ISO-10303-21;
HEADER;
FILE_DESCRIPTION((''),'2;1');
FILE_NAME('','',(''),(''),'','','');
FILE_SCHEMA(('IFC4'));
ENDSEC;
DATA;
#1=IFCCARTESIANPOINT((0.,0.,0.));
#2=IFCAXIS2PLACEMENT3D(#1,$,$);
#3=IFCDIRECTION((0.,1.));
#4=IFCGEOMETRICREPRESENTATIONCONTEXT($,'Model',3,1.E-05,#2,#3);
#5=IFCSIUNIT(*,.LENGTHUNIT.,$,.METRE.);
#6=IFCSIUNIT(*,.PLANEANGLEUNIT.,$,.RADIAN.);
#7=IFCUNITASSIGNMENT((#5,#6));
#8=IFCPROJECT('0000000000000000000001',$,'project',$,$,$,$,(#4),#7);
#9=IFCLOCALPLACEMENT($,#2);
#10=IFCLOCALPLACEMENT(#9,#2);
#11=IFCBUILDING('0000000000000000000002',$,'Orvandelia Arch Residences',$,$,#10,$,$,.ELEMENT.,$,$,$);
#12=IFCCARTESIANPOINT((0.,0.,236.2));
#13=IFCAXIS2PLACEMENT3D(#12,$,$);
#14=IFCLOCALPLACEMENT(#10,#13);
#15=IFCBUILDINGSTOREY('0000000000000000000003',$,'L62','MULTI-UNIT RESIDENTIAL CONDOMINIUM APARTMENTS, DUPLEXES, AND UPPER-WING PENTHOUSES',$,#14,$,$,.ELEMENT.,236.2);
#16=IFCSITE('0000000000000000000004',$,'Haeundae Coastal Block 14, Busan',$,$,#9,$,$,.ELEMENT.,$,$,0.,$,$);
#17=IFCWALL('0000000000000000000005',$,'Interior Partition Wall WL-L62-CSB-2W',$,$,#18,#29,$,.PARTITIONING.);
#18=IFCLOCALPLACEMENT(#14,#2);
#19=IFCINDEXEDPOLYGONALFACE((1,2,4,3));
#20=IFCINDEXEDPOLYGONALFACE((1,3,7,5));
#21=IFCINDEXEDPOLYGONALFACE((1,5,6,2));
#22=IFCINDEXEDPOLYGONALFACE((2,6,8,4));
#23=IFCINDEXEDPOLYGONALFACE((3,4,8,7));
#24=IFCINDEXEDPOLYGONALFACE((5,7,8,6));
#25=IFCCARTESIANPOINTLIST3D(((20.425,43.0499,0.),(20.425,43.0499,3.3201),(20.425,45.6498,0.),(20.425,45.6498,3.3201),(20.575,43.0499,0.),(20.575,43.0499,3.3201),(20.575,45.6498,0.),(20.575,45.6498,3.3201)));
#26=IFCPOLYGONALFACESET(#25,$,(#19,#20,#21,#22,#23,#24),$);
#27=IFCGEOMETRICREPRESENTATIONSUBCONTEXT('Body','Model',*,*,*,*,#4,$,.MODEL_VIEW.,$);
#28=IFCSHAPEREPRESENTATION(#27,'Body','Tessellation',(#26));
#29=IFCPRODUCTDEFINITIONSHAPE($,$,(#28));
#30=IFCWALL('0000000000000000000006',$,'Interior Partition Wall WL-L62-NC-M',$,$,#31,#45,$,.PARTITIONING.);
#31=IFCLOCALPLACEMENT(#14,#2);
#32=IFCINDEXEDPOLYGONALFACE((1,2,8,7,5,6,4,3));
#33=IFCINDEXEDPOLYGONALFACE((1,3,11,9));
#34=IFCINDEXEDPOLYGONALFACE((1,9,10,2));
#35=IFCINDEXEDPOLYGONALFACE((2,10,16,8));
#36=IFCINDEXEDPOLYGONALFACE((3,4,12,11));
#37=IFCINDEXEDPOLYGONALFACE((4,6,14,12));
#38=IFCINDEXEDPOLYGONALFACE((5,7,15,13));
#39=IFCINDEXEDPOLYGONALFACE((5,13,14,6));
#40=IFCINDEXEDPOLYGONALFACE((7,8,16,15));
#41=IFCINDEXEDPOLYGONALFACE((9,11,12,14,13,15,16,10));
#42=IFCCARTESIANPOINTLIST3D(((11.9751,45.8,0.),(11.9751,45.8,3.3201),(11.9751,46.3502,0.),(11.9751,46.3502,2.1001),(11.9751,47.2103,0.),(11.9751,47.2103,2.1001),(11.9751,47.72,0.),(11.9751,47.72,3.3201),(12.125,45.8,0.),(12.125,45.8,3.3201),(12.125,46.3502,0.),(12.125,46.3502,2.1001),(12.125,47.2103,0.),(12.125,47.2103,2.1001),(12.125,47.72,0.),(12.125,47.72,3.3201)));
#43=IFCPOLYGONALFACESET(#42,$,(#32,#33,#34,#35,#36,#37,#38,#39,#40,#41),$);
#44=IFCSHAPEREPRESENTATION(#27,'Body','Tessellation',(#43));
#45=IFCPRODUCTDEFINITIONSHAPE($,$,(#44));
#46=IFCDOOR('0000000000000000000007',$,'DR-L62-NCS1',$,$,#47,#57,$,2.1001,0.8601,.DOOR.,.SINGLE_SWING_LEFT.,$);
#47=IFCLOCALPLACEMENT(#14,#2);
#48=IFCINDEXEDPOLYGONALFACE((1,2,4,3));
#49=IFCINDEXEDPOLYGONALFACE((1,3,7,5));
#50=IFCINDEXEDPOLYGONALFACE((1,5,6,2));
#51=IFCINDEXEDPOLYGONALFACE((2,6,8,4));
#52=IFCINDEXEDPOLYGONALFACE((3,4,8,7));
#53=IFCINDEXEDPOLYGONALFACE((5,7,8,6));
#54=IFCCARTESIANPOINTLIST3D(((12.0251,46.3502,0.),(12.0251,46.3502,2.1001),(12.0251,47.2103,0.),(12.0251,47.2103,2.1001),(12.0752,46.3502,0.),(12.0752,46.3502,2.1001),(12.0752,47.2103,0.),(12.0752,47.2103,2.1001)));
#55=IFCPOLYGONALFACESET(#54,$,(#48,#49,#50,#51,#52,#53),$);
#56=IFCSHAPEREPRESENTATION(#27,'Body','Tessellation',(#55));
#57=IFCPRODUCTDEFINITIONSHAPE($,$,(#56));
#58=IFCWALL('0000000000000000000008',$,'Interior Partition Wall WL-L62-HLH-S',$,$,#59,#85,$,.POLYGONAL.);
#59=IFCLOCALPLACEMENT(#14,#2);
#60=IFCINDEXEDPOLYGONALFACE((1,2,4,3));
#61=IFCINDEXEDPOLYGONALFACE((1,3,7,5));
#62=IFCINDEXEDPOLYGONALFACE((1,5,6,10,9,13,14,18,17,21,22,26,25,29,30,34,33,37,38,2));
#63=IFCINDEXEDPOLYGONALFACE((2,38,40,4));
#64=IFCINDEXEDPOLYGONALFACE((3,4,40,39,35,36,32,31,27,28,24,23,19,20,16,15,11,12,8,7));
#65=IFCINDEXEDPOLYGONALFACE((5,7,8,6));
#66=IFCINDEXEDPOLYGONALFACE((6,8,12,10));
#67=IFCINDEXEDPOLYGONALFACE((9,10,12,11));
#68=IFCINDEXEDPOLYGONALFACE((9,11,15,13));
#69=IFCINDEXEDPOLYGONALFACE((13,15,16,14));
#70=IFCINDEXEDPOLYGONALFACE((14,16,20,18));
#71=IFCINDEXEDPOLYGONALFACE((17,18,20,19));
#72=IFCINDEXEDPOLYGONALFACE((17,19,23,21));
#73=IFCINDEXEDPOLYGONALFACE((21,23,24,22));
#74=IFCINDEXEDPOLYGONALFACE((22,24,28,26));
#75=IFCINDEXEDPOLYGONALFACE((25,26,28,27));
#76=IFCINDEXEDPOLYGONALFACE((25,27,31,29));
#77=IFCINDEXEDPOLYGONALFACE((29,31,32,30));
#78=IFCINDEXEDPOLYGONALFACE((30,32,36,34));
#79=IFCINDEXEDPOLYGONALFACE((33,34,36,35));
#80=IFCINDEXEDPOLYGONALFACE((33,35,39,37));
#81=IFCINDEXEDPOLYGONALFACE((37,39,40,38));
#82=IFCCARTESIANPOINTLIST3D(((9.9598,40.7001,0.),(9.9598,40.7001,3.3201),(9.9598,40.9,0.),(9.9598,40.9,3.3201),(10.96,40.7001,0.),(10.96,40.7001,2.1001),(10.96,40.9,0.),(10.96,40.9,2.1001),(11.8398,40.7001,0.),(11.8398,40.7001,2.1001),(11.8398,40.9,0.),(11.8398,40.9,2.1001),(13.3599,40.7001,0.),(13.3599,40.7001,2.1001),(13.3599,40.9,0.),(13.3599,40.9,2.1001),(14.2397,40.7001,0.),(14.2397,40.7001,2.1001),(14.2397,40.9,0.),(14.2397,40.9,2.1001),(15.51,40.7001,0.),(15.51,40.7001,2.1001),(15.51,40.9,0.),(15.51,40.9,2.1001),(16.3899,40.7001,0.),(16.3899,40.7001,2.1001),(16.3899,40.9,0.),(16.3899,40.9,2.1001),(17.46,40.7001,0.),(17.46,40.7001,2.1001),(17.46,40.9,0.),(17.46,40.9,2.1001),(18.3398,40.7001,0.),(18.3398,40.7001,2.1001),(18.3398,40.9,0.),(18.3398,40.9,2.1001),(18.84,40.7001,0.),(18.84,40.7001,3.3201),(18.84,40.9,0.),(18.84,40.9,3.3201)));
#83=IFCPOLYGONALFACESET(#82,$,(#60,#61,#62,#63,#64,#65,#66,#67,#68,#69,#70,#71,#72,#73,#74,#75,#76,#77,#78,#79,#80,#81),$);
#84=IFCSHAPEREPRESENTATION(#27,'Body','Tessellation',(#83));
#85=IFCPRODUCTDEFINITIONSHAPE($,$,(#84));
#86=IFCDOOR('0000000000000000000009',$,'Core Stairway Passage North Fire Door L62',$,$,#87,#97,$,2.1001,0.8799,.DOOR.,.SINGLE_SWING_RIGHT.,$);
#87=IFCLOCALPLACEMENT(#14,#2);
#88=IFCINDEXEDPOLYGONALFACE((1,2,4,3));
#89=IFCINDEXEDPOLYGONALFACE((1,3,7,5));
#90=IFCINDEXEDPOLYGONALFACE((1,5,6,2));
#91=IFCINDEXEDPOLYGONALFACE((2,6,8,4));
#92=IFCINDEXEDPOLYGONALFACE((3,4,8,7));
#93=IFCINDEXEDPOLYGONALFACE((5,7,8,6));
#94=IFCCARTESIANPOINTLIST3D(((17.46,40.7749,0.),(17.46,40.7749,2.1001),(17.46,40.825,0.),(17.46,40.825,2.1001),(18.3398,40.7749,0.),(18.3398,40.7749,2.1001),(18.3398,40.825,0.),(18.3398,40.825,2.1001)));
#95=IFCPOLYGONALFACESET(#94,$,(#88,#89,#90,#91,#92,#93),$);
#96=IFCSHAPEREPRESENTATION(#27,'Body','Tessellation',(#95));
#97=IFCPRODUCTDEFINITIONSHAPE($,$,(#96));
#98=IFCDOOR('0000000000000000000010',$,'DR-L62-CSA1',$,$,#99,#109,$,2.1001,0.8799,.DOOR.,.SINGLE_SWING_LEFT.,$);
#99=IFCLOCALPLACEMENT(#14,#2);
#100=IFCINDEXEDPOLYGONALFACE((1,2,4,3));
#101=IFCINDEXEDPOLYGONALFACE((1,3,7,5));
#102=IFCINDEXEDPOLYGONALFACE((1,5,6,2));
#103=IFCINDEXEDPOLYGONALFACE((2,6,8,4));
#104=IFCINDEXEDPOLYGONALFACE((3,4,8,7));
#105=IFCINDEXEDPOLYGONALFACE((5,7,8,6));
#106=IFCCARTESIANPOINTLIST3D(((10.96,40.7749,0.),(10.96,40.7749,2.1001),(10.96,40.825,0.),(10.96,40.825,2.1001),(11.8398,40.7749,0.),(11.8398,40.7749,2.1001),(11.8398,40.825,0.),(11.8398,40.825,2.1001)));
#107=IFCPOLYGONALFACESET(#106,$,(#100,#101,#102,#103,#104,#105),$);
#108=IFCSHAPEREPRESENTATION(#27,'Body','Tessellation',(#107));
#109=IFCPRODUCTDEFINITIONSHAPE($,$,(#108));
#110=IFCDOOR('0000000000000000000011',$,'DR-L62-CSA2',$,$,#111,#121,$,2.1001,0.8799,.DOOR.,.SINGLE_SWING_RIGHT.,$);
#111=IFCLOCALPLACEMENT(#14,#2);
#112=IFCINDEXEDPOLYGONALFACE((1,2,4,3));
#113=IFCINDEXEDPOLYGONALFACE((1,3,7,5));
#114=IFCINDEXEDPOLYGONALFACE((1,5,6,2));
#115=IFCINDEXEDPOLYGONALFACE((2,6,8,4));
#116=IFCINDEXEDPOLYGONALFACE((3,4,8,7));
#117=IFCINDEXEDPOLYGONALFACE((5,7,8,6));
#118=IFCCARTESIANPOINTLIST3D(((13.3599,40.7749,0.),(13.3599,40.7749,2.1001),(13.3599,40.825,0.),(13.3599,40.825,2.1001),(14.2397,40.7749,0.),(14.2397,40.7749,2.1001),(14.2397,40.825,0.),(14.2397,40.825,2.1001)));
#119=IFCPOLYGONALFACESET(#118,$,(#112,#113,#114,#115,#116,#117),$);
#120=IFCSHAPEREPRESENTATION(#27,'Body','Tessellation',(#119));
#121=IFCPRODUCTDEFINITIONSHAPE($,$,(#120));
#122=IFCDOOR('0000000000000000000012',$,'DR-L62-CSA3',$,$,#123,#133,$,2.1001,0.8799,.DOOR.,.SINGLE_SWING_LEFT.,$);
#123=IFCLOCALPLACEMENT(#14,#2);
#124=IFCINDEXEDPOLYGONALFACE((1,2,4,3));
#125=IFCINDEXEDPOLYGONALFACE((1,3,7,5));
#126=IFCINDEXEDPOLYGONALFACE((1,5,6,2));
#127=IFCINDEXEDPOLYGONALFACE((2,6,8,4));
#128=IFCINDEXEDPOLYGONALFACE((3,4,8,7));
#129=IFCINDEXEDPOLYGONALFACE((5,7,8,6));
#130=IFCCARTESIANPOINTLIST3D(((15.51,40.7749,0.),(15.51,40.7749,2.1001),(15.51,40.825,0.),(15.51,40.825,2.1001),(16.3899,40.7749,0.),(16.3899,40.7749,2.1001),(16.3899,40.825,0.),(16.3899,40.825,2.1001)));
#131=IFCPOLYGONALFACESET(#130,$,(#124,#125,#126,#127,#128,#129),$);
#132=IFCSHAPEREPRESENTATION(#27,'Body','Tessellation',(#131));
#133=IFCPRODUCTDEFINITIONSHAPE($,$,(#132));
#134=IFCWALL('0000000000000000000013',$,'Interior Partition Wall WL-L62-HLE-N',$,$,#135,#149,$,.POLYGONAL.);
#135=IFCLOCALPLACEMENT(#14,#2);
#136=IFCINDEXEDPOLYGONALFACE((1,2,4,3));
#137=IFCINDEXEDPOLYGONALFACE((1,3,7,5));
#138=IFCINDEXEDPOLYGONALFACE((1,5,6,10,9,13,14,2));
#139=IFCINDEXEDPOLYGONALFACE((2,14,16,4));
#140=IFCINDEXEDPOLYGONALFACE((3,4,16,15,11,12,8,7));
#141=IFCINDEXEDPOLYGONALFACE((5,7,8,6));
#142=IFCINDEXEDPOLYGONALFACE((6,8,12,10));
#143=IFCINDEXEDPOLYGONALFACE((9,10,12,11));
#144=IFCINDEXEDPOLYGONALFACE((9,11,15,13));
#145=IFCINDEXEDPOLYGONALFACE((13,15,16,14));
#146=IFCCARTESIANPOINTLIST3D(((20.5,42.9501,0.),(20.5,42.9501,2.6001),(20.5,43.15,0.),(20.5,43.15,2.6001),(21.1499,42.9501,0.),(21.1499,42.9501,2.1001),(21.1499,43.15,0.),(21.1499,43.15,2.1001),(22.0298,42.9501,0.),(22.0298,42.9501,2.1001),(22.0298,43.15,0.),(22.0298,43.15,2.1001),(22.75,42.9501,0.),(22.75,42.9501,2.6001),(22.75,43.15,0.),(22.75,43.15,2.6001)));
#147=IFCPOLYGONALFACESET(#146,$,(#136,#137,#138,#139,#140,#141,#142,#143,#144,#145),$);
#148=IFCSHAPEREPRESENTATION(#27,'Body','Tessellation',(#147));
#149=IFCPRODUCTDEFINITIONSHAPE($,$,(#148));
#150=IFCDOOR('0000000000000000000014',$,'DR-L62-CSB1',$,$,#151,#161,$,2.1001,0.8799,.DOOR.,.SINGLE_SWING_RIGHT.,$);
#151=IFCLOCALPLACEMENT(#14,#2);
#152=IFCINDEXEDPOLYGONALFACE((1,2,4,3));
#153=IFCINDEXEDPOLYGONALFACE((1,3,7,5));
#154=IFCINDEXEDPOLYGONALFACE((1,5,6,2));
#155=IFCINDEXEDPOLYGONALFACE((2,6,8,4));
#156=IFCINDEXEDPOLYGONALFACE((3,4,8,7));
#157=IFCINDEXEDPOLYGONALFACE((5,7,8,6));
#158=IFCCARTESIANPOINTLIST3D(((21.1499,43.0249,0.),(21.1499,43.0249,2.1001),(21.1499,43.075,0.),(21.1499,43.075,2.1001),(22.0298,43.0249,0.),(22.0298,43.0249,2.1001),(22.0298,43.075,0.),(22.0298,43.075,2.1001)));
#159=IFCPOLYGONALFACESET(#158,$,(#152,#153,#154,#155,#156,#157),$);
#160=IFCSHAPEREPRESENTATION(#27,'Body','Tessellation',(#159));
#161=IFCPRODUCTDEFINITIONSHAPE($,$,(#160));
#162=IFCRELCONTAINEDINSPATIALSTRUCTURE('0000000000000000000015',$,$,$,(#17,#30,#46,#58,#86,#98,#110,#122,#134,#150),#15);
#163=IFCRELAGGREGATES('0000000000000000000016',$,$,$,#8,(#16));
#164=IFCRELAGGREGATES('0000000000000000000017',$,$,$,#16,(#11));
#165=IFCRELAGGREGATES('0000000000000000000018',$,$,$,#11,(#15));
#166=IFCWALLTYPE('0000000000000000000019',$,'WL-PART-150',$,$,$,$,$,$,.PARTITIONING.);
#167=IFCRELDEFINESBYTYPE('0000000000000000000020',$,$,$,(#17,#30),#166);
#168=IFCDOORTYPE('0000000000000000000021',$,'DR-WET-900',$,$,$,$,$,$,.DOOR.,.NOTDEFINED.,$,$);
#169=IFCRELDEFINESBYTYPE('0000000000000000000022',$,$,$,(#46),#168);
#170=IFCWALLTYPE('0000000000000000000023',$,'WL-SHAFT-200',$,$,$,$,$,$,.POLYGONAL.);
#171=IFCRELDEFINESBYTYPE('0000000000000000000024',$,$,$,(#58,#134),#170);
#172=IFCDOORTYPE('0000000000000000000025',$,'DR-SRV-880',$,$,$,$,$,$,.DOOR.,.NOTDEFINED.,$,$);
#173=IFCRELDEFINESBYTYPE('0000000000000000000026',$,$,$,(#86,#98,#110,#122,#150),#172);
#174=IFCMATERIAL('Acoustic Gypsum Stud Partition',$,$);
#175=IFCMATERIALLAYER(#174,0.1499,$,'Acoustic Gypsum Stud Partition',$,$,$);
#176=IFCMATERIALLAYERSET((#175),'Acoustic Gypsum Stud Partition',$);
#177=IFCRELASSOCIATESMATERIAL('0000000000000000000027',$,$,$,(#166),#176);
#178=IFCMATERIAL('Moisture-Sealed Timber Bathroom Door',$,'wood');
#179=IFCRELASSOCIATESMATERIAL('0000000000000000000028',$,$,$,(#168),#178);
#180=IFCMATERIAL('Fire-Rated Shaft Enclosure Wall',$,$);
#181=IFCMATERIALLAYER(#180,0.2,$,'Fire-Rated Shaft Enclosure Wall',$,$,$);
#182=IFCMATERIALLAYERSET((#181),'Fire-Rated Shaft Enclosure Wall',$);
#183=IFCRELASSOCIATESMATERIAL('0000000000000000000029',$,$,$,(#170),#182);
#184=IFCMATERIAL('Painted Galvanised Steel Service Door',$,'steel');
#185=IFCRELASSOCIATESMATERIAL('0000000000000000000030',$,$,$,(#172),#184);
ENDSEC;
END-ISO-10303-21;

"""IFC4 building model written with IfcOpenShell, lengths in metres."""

from ifc_helpers import new_model, si_unit, direction, frame, frame_2d, origin, place, context, subcontext, project, spatial, rectangle, extrude, material, layer, layer_set, type_object, element, fill, save


model = new_model("IFC4")

# Units and contexts
model_context = context("Model", 3, precision=1e-05, world=origin(), true_north=direction((0.0, 1.0)))
body_context = subcontext(model_context, "Body", "Model", "MODEL_VIEW")
ifc_project = project(units=[si_unit("LENGTHUNIT", "METRE"), si_unit("PLANEANGLEUNIT", "RADIAN")], contexts=[model_context])

# Site, building, storey
site_placement = place(None, origin())
site = spatial("IfcSite", under=ifc_project, at=site_placement, Name="Haeundae Coastal Block 14, Busan", CompositionType="ELEMENT", RefElevation=0.0)
building_placement = place(site_placement, origin())
building = spatial("IfcBuilding", under=site, at=building_placement, Name="Orvandelia Arch Residences", CompositionType="ELEMENT")
storey_placement = place(building_placement, frame((0.0, 0.0, 236.2)))
storey = spatial("IfcBuildingStorey", under=building, at=storey_placement, Name="L62", Description="MULTI-UNIT RESIDENTIAL CONDOMINIUM APARTMENTS, DUPLEXES, AND UPPER-WING PENTHOUSES", CompositionType="ELEMENT", Elevation=236.2)

# Wall
ifc_material_1 = material(Name="Acoustic Gypsum Stud Partition")
ifc_layer_1 = layer(ifc_material_1, 0.1499, Name="Acoustic Gypsum Stud Partition")
ifc_layer_set_1 = layer_set([ifc_layer_1], Name="Acoustic Gypsum Stud Partition")
wall_type_1 = type_object("IfcWallType", Name="WL-PART-150", PredefinedType="PARTITIONING", material=ifc_layer_set_1)
wall_1_placement = place(storey_placement, frame((20.5, 43.05, 0.0), z_axis=(0.0, 0.0, 1.0), x_axis=(0.0, 1.0, 0.0)))
element("IfcWall", 1, at=wall_1_placement, inside=storey, type_object=wall_type_1, Name="Interior Partition Wall WL-L62-CSB-2W", PredefinedType="PARTITIONING", context=body_context, shape_type="SweptSolid", body=[
    extrude(rectangle(XDim=2.5999, YDim=0.1499, at=frame_2d((1.2998, 0.0))), origin(), (0.0, 0.0, 1.0), 3.3201),
])

# Wall, opening, door
wall_2_placement = place(storey_placement, frame((12.05, 45.8, 0.0), z_axis=(0.0, 0.0, 1.0), x_axis=(0.0, 1.0, 0.0)))
wall_2 = element("IfcWall", 2, at=wall_2_placement, inside=storey, type_object=wall_type_1, Name="Interior Partition Wall WL-L62-NC-M", PredefinedType="PARTITIONING", context=body_context, shape_type="SweptSolid", body=[
    extrude(rectangle(XDim=1.9199, YDim=0.1499, at=frame_2d((0.96, 0.0))), origin(), (0.0, 0.0, 1.0), 3.3201),
])
opening_1_placement = place(wall_2_placement, frame((0.55, 0.0, 0.0)))
opening_1 = element("IfcOpeningElement", 3, at=opening_1_placement, cuts=wall_2, PredefinedType="OPENING", context=body_context, shape_type="SweptSolid", body=[
    extrude(rectangle(XDim=0.8601, YDim=2.1001, at=frame_2d((0.4302, 1.05))), frame((0.0, 0.085, 0.0), z_axis=(0.0, -1.0, 0.0), x_axis=(1.0, 0.0, 0.0)), (0.0, 0.0, 1.0), 0.1699),
])
ifc_material_2 = material(Name="Moisture-Sealed Timber Bathroom Door", Category="wood")
door_type_1 = type_object("IfcDoorType", Name="DR-WET-900", OperationType="NOTDEFINED", PredefinedType="DOOR", material=ifc_material_2)
door_1_placement = place(opening_1_placement, origin())
door_1 = element("IfcDoor", 4, at=door_1_placement, inside=storey, type_object=door_type_1, Name="DR-L62-NCS1", OperationType="SINGLE_SWING_LEFT", OverallHeight=2.1001, OverallWidth=0.8601, PredefinedType="DOOR", context=body_context, shape_type="SweptSolid", body=[
    extrude(rectangle(XDim=0.8601, YDim=2.1001, at=frame_2d((0.4302, 1.05))), frame((0.0, 0.0249, 0.0), z_axis=(0.0, -1.0, 0.0), x_axis=(1.0, 0.0, 0.0)), (0.0, 0.0, 1.0), 0.05),
])
fill(opening_1, door_1)

# Wall, openings, doors
ifc_material_3 = material(Name="Fire-Rated Shaft Enclosure Wall")
ifc_layer_2 = layer(ifc_material_3, 0.2, Name="Fire-Rated Shaft Enclosure Wall")
ifc_layer_set_2 = layer_set([ifc_layer_2], Name="Fire-Rated Shaft Enclosure Wall")
wall_type_2 = type_object("IfcWallType", Name="WL-SHAFT-200", PredefinedType="POLYGONAL", material=ifc_layer_set_2)
wall_3_placement = place(storey_placement, frame((9.96, 40.8, 0.0), z_axis=(0.0, 0.0, 1.0), x_axis=(1.0, 0.0, 0.0)))
wall_3 = element("IfcWall", 5, at=wall_3_placement, inside=storey, type_object=wall_type_2, Name="Interior Partition Wall WL-L62-HLH-S", PredefinedType="POLYGONAL", context=body_context, shape_type="SweptSolid", body=[
    extrude(rectangle(XDim=8.8801, YDim=0.2, at=frame_2d((4.4399, 0.0))), origin(), (0.0, 0.0, 1.0), 3.3201),
])
opening_2_placement = place(wall_3_placement, frame((7.5, 0.0, 0.0)))
opening_2 = element("IfcOpeningElement", 6, at=opening_2_placement, cuts=wall_3, PredefinedType="OPENING", context=body_context, shape_type="SweptSolid", body=[
    extrude(rectangle(XDim=0.8799, YDim=2.1001, at=frame_2d((0.4399, 1.05))), frame((0.0, 0.1099, 0.0), z_axis=(0.0, -1.0, 0.0), x_axis=(1.0, 0.0, 0.0)), (0.0, 0.0, 1.0), 0.22),
])
opening_3_placement = place(wall_3_placement, frame((1.0, 0.0, 0.0)))
opening_3 = element("IfcOpeningElement", 7, at=opening_3_placement, cuts=wall_3, PredefinedType="OPENING", context=body_context, shape_type="SweptSolid", body=[
    extrude(rectangle(XDim=0.8799, YDim=2.1001, at=frame_2d((0.4399, 1.05))), frame((0.0, 0.1099, 0.0), z_axis=(0.0, -1.0, 0.0), x_axis=(1.0, 0.0, 0.0)), (0.0, 0.0, 1.0), 0.22),
])
opening_4_placement = place(wall_3_placement, frame((3.3999, 0.0, 0.0)))
opening_4 = element("IfcOpeningElement", 8, at=opening_4_placement, cuts=wall_3, PredefinedType="OPENING", context=body_context, shape_type="SweptSolid", body=[
    extrude(rectangle(XDim=0.8799, YDim=2.1001, at=frame_2d((0.4399, 1.05))), frame((0.0, 0.1099, 0.0), z_axis=(0.0, -1.0, 0.0), x_axis=(1.0, 0.0, 0.0)), (0.0, 0.0, 1.0), 0.22),
])
opening_5_placement = place(wall_3_placement, frame((5.55, 0.0, 0.0)))
opening_5 = element("IfcOpeningElement", 9, at=opening_5_placement, cuts=wall_3, PredefinedType="OPENING", context=body_context, shape_type="SweptSolid", body=[
    extrude(rectangle(XDim=0.8799, YDim=2.1001, at=frame_2d((0.4399, 1.05))), frame((0.0, 0.1099, 0.0), z_axis=(0.0, -1.0, 0.0), x_axis=(1.0, 0.0, 0.0)), (0.0, 0.0, 1.0), 0.22),
])
ifc_material_4 = material(Name="Painted Galvanised Steel Service Door", Category="steel")
door_type_2 = type_object("IfcDoorType", Name="DR-SRV-880", OperationType="NOTDEFINED", PredefinedType="DOOR", material=ifc_material_4)
door_2_placement = place(opening_2_placement, origin())
door_2 = element("IfcDoor", 10, at=door_2_placement, inside=storey, type_object=door_type_2, Name="Core Stairway Passage North Fire Door L62", OperationType="SINGLE_SWING_RIGHT", OverallHeight=2.1001, OverallWidth=0.8799, PredefinedType="DOOR", context=body_context, shape_type="SweptSolid", body=[
    extrude(rectangle(XDim=0.8799, YDim=2.1001, at=frame_2d((0.4399, 1.05))), frame((0.0, 0.0249, 0.0), z_axis=(0.0, -1.0, 0.0), x_axis=(1.0, 0.0, 0.0)), (0.0, 0.0, 1.0), 0.05),
])
fill(opening_2, door_2)
door_3_placement = place(opening_3_placement, origin())
door_3 = element("IfcDoor", 11, at=door_3_placement, inside=storey, type_object=door_type_2, Name="DR-L62-CSA1", OperationType="SINGLE_SWING_LEFT", OverallHeight=2.1001, OverallWidth=0.8799, PredefinedType="DOOR", context=body_context, shape_type="SweptSolid", body=[
    extrude(rectangle(XDim=0.8799, YDim=2.1001, at=frame_2d((0.4399, 1.05))), frame((0.0, 0.0249, 0.0), z_axis=(0.0, -1.0, 0.0), x_axis=(1.0, 0.0, 0.0)), (0.0, 0.0, 1.0), 0.05),
])
fill(opening_3, door_3)
door_4_placement = place(opening_4_placement, origin())
door_4 = element("IfcDoor", 12, at=door_4_placement, inside=storey, type_object=door_type_2, Name="DR-L62-CSA2", OperationType="SINGLE_SWING_RIGHT", OverallHeight=2.1001, OverallWidth=0.8799, PredefinedType="DOOR", context=body_context, shape_type="SweptSolid", body=[
    extrude(rectangle(XDim=0.8799, YDim=2.1001, at=frame_2d((0.4399, 1.05))), frame((0.0, 0.0249, 0.0), z_axis=(0.0, -1.0, 0.0), x_axis=(1.0, 0.0, 0.0)), (0.0, 0.0, 1.0), 0.05),
])
fill(opening_4, door_4)
door_5_placement = place(opening_5_placement, origin())
door_5 = element("IfcDoor", 13, at=door_5_placement, inside=storey, type_object=door_type_2, Name="DR-L62-CSA3", OperationType="SINGLE_SWING_LEFT", OverallHeight=2.1001, OverallWidth=0.8799, PredefinedType="DOOR", context=body_context, shape_type="SweptSolid", body=[
    extrude(rectangle(XDim=0.8799, YDim=2.1001, at=frame_2d((0.4399, 1.05))), frame((0.0, 0.0249, 0.0), z_axis=(0.0, -1.0, 0.0), x_axis=(1.0, 0.0, 0.0)), (0.0, 0.0, 1.0), 0.05),
])
fill(opening_5, door_5)

# Wall, opening, door
wall_4_placement = place(storey_placement, frame((20.5, 43.05, 0.0), z_axis=(0.0, 0.0, 1.0), x_axis=(1.0, 0.0, 0.0)))
wall_4 = element("IfcWall", 14, at=wall_4_placement, inside=storey, type_object=wall_type_2, Name="Interior Partition Wall WL-L62-HLE-N", PredefinedType="POLYGONAL", context=body_context, shape_type="SweptSolid", body=[
    extrude(rectangle(XDim=2.25, YDim=0.2, at=frame_2d((1.125, 0.0))), origin(), (0.0, 0.0, 1.0), 2.6001),
])
opening_6_placement = place(wall_4_placement, frame((0.6499, 0.0, 0.0)))
opening_6 = element("IfcOpeningElement", 15, at=opening_6_placement, cuts=wall_4, PredefinedType="OPENING", context=body_context, shape_type="SweptSolid", body=[
    extrude(rectangle(XDim=0.8799, YDim=2.1001, at=frame_2d((0.4399, 1.05))), frame((0.0, 0.1099, 0.0), z_axis=(0.0, -1.0, 0.0), x_axis=(1.0, 0.0, 0.0)), (0.0, 0.0, 1.0), 0.22),
])
door_6_placement = place(opening_6_placement, origin())
door_6 = element("IfcDoor", 16, at=door_6_placement, inside=storey, type_object=door_type_2, Name="DR-L62-CSB1", OperationType="SINGLE_SWING_RIGHT", OverallHeight=2.1001, OverallWidth=0.8799, PredefinedType="DOOR", context=body_context, shape_type="SweptSolid", body=[
    extrude(rectangle(XDim=0.8799, YDim=2.1001, at=frame_2d((0.4399, 1.05))), frame((0.0, 0.0249, 0.0), z_axis=(0.0, -1.0, 0.0), x_axis=(1.0, 0.0, 0.0)), (0.0, 0.0, 1.0), 0.05),
])
fill(opening_6, door_6)

save(model, "model.ifc")
